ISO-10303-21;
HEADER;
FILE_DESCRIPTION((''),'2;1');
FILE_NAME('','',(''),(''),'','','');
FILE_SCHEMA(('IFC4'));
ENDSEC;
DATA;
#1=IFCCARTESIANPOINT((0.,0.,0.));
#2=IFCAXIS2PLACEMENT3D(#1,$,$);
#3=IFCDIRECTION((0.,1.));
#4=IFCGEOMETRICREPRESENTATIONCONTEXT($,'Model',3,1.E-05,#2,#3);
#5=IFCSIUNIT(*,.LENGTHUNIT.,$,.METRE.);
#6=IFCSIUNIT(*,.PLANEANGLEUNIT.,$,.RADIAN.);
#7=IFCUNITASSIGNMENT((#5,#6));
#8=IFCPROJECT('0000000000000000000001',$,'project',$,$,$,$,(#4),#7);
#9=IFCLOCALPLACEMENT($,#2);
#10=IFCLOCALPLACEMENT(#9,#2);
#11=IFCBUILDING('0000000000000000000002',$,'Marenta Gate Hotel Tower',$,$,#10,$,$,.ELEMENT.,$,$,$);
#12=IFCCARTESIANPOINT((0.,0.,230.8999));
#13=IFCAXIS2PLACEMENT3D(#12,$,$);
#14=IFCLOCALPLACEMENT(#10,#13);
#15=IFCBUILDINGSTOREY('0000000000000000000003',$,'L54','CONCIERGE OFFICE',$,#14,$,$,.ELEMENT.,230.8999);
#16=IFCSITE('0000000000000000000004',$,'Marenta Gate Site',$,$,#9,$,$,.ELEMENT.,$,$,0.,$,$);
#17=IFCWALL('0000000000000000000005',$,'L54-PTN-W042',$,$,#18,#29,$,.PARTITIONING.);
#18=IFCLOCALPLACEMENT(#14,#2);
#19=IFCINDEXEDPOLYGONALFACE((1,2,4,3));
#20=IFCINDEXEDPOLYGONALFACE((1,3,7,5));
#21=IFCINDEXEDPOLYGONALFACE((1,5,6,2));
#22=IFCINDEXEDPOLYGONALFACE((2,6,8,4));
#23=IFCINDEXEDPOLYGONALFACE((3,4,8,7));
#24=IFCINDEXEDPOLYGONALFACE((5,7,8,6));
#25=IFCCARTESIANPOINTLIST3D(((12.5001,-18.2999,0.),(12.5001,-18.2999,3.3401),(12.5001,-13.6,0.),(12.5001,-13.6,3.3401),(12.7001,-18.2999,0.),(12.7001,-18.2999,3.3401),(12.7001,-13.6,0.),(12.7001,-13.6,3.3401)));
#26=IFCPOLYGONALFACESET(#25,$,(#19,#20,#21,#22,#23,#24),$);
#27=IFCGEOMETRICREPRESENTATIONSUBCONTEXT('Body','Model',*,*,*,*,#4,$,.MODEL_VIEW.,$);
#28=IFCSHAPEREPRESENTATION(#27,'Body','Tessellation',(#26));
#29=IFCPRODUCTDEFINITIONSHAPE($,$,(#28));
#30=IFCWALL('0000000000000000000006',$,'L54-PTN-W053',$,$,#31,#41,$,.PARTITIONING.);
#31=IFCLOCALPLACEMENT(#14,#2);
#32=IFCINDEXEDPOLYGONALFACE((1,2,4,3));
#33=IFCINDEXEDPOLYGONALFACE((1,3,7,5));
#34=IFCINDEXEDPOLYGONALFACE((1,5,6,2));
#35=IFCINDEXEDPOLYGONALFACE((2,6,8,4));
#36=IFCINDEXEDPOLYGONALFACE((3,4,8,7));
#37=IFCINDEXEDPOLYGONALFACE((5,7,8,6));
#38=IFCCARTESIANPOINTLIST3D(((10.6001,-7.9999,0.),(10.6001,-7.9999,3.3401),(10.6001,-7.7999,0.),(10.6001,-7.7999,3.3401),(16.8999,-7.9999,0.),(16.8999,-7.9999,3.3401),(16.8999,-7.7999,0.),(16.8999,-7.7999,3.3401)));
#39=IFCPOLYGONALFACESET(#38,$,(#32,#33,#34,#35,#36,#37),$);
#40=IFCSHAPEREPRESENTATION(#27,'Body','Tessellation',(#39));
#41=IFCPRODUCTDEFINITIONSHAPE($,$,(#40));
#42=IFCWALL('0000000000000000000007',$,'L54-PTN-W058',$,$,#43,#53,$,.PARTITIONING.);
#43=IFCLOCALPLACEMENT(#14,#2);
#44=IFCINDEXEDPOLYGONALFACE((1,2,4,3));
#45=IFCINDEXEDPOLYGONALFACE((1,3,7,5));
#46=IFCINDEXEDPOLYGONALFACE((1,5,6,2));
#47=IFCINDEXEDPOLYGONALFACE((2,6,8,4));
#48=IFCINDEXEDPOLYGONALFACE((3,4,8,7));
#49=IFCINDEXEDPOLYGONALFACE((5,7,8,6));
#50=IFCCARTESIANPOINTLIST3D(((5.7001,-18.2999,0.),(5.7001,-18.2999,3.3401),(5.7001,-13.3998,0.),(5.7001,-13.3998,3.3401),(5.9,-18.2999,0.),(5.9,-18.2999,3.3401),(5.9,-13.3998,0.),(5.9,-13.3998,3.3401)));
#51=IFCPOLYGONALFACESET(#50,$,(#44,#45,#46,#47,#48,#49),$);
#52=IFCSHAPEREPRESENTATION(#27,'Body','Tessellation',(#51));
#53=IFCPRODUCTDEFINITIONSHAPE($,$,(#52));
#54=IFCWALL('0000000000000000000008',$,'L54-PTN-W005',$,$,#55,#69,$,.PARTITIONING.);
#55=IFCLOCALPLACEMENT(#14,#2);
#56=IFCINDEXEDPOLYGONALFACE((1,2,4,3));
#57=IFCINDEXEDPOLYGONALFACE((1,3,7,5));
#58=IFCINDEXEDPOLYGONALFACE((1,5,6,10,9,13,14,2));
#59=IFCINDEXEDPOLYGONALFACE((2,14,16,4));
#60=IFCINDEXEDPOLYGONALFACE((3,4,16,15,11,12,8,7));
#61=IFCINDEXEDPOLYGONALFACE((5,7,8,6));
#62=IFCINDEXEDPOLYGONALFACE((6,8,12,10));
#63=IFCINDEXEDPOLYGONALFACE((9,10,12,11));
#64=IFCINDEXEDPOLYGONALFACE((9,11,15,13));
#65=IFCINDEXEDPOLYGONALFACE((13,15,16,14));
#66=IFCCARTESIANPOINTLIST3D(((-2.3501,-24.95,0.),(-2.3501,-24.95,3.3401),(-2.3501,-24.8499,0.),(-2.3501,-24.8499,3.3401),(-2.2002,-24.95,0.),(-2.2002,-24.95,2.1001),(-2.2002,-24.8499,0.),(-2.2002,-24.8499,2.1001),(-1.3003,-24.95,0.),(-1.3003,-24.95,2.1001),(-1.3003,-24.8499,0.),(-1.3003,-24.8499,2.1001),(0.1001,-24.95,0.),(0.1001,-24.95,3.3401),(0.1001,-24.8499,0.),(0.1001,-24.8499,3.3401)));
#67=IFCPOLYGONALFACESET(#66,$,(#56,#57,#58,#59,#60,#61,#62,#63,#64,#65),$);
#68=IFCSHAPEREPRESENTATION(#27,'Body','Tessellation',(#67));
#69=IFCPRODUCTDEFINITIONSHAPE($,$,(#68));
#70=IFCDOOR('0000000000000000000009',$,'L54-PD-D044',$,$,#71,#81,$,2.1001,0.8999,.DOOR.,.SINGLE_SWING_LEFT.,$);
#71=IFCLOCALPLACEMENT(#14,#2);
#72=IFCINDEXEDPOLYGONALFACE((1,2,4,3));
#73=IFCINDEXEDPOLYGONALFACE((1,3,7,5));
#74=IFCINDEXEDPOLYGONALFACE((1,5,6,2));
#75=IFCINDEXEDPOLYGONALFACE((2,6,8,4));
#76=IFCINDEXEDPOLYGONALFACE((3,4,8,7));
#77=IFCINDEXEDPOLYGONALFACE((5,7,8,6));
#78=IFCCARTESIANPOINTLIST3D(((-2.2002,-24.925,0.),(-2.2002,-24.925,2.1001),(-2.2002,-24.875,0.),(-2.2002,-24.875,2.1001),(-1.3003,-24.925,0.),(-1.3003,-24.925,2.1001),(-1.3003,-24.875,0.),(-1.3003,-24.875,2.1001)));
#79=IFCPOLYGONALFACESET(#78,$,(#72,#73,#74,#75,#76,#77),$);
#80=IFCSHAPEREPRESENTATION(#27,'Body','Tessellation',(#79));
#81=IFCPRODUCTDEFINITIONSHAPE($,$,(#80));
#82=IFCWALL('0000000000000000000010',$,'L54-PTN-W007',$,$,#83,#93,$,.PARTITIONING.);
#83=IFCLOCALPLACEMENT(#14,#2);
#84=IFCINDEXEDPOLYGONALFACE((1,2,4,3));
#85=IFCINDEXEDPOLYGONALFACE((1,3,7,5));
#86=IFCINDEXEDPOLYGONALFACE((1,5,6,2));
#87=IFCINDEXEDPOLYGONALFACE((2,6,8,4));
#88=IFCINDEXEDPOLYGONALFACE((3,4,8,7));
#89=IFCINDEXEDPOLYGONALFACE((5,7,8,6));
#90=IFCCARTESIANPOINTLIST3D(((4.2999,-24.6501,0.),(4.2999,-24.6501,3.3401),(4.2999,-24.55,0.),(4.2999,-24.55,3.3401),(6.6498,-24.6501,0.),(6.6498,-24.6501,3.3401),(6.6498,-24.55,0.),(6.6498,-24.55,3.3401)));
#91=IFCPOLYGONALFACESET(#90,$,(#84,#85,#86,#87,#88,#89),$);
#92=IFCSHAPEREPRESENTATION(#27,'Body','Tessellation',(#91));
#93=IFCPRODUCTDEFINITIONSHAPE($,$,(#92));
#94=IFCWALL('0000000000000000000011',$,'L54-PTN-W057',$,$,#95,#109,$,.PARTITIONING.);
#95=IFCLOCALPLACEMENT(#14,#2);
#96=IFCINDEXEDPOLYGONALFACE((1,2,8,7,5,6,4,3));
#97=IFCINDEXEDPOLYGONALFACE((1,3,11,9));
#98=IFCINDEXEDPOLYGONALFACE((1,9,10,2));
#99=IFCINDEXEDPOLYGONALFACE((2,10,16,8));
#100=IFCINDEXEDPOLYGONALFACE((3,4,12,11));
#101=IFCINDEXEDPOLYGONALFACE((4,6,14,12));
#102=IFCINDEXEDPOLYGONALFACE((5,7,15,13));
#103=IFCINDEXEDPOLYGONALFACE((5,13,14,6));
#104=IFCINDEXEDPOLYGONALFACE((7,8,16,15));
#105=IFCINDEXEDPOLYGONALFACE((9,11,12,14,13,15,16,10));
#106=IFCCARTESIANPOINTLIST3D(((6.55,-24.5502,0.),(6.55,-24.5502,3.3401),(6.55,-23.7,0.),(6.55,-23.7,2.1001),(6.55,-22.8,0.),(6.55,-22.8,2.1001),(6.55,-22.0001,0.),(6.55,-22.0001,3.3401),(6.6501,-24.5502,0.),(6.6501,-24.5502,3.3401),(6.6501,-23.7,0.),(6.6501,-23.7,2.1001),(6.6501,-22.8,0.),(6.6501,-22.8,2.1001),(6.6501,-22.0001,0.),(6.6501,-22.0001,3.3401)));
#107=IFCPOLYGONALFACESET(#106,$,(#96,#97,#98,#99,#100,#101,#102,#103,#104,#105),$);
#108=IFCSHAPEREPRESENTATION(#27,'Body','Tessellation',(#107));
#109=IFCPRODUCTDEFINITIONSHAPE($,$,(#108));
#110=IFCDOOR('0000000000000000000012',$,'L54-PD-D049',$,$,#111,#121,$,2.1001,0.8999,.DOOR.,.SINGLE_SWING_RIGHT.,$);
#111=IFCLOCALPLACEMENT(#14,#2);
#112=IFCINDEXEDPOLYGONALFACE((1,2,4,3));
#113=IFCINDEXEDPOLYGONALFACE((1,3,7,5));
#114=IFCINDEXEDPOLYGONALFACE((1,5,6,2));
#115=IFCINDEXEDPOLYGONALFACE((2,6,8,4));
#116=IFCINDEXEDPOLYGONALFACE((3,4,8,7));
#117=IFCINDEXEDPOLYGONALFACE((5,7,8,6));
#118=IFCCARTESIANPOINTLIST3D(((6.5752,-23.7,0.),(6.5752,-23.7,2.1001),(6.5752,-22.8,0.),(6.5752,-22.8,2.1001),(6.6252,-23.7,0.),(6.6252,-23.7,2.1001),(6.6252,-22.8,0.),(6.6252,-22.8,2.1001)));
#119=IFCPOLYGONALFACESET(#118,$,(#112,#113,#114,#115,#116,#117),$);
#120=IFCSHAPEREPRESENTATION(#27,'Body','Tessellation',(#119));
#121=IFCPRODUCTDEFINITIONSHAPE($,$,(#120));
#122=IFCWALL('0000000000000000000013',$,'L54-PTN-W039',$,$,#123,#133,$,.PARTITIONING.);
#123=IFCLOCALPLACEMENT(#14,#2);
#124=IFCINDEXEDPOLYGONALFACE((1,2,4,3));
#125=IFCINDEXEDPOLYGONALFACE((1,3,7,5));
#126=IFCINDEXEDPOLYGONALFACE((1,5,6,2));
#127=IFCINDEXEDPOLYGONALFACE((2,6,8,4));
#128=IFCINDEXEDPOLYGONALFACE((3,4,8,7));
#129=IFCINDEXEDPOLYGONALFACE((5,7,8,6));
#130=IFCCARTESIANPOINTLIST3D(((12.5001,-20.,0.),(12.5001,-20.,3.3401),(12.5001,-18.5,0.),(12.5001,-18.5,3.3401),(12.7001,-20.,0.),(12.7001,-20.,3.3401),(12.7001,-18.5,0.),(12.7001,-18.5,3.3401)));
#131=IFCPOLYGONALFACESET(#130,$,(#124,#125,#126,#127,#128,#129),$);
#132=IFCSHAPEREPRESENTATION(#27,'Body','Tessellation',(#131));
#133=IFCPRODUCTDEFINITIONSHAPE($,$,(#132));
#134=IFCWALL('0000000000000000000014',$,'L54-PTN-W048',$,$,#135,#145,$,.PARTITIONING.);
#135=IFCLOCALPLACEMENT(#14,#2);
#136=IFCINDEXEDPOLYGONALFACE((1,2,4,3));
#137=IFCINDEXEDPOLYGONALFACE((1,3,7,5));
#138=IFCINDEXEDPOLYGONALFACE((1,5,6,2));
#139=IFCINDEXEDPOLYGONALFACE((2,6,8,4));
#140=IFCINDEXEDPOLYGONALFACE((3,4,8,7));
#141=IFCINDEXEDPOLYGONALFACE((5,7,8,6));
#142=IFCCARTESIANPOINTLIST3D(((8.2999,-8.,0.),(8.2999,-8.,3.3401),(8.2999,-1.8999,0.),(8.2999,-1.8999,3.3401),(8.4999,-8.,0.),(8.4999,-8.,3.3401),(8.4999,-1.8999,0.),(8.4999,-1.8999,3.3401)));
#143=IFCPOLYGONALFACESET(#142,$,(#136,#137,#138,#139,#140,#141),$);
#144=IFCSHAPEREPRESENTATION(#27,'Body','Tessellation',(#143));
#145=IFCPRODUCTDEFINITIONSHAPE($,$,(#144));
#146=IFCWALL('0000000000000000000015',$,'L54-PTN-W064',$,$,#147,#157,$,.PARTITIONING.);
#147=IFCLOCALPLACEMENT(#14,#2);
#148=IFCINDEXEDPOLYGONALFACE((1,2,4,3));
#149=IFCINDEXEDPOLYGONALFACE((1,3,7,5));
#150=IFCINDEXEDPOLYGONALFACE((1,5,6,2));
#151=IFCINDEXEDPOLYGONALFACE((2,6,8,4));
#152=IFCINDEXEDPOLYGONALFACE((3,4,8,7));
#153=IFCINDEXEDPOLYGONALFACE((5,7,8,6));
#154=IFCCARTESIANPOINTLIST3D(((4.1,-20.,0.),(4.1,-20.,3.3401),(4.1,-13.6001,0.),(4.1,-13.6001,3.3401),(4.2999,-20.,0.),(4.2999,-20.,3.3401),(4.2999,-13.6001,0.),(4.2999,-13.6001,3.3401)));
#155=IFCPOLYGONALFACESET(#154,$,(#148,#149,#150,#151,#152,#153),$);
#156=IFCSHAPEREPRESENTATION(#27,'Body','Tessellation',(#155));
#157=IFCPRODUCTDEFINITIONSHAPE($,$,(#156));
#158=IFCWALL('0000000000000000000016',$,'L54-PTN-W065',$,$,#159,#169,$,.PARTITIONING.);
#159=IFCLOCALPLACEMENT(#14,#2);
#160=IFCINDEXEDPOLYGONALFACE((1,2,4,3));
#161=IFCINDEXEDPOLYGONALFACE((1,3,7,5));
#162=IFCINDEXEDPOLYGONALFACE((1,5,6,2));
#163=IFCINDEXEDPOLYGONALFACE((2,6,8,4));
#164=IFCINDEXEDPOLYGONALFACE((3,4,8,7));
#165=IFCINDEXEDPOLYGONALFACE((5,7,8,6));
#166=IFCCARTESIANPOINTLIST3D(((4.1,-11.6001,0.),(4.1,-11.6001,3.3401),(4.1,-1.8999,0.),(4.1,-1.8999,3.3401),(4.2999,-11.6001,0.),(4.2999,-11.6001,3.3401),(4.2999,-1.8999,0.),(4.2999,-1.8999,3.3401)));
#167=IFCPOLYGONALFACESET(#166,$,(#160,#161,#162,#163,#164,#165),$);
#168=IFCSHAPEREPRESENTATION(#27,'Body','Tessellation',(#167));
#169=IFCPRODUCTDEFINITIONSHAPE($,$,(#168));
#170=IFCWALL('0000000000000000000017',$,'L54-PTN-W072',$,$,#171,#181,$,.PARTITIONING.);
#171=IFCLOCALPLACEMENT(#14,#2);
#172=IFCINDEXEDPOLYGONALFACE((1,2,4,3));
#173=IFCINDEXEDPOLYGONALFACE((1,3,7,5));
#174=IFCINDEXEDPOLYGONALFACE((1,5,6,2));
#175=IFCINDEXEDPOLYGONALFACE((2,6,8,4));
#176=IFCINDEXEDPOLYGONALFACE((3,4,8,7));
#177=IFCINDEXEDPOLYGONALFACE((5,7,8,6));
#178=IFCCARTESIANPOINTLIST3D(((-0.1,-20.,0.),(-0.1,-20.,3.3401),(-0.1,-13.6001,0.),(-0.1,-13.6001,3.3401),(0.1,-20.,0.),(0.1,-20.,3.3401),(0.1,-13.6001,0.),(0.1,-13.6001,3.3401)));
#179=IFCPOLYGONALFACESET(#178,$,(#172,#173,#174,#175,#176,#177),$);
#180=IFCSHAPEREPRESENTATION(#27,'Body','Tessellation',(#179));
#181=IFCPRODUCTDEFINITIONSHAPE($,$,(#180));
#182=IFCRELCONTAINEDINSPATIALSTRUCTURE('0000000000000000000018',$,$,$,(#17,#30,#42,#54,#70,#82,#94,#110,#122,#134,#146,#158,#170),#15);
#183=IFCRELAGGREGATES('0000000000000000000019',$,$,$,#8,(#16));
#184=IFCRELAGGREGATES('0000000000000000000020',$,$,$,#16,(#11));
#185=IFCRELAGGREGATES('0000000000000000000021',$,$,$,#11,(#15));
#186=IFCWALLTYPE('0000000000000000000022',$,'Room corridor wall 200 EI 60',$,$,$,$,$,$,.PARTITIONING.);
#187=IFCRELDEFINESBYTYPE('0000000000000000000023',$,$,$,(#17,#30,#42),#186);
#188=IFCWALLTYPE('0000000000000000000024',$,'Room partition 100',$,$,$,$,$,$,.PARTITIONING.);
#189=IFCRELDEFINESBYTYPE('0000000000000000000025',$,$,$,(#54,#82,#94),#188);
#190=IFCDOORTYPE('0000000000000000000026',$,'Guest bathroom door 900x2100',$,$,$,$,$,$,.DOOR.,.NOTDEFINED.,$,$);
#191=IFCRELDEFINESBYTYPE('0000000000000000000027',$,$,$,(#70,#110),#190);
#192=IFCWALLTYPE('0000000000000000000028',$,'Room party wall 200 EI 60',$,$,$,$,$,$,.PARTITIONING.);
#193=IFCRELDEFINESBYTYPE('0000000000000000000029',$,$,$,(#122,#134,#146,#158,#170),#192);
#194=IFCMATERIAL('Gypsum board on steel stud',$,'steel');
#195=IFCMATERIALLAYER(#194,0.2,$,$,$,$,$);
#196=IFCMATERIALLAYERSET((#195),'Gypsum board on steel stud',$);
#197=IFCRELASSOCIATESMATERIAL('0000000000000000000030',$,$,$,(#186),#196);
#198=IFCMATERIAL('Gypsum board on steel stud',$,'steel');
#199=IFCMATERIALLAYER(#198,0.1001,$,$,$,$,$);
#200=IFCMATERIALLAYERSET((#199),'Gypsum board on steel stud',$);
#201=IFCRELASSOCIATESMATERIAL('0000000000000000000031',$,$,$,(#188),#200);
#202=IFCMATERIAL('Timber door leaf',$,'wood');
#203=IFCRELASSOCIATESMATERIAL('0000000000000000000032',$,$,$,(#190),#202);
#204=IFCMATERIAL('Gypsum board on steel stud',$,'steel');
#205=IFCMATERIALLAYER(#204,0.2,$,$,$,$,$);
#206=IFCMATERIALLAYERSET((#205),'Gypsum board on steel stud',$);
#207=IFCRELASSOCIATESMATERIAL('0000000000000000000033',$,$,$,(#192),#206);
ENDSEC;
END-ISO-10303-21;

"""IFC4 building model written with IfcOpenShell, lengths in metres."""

from ifc_helpers import new_model, si_unit, direction, frame, frame_2d, origin, place, context, subcontext, project, spatial, rectangle, extrude, material, layer, layer_set, type_object, element, fill, save


model = new_model("IFC4")

# Units and contexts
model_context = context("Model", 3, precision=1e-05, world=origin(), true_north=direction((0.0, 1.0)))
body_context = subcontext(model_context, "Body", "Model", "MODEL_VIEW")
ifc_project = project(units=[si_unit("LENGTHUNIT", "METRE"), si_unit("PLANEANGLEUNIT", "RADIAN")], contexts=[model_context])

# Site, building, storey
site_placement = place(None, origin())
site = spatial("IfcSite", under=ifc_project, at=site_placement, Name="Marenta Gate Site", CompositionType="ELEMENT", RefElevation=0.0)
building_placement = place(site_placement, origin())
building = spatial("IfcBuilding", under=site, at=building_placement, Name="Marenta Gate Hotel Tower", CompositionType="ELEMENT")
storey_placement = place(building_placement, frame((0.0, 0.0, 230.8999)))
storey = spatial("IfcBuildingStorey", under=building, at=storey_placement, Name="L54", Description="CONCIERGE OFFICE", CompositionType="ELEMENT", Elevation=230.8999)

# Shared definitions
ifc_material_1 = material(Name="Gypsum board on steel stud", Category="steel")
ifc_layer_1 = layer(ifc_material_1, 0.2)
ifc_layer_set_1 = layer_set([ifc_layer_1], Name="Gypsum board on steel stud")
wall_type_1 = type_object("IfcWallType", Name="Room corridor wall 200 EI 60", PredefinedType="PARTITIONING", material=ifc_layer_set_1)

# Walls
wall_1_placement = place(storey_placement, frame((12.6001, -18.3, 0.0), z_axis=(0.0, 0.0, 1.0), x_axis=(0.0, 1.0, 0.0)))
element("IfcWall", 1, at=wall_1_placement, inside=storey, type_object=wall_type_1, Name="L54-PTN-W042", PredefinedType="PARTITIONING", context=body_context, shape_type="SweptSolid", body=[
    extrude(rectangle(XDim=4.7, YDim=0.2, at=frame_2d((2.3501, 0.0))), origin(), (0.0, 0.0, 1.0), 3.3401),
])
wall_2_placement = place(storey_placement, frame((10.6001, -7.8999, 0.0), z_axis=(0.0, 0.0, 1.0), x_axis=(1.0, 0.0, 0.0)))
element("IfcWall", 2, at=wall_2_placement, inside=storey, type_object=wall_type_1, Name="L54-PTN-W053", PredefinedType="PARTITIONING", context=body_context, shape_type="SweptSolid", body=[
    extrude(rectangle(XDim=6.2998, YDim=0.2, at=frame_2d((3.1499, 0.0))), origin(), (0.0, 0.0, 1.0), 3.3401),
])
wall_3_placement = place(storey_placement, frame((5.8, -18.3, 0.0), z_axis=(0.0, 0.0, 1.0), x_axis=(0.0, 1.0, 0.0)))
element("IfcWall", 3, at=wall_3_placement, inside=storey, type_object=wall_type_1, Name="L54-PTN-W058", PredefinedType="PARTITIONING", context=body_context, shape_type="SweptSolid", body=[
    extrude(rectangle(XDim=4.9001, YDim=0.2, at=frame_2d((2.4502, 0.0))), origin(), (0.0, 0.0, 1.0), 3.3401),
])

# Wall, opening, door
ifc_material_2 = material(Name="Gypsum board on steel stud", Category="steel")
ifc_layer_2 = layer(ifc_material_2, 0.1001)
ifc_layer_set_2 = layer_set([ifc_layer_2], Name="Gypsum board on steel stud")
wall_type_2 = type_object("IfcWallType", Name="Room partition 100", PredefinedType="PARTITIONING", material=ifc_layer_set_2)
wall_4_placement = place(storey_placement, frame((-2.3501, -24.8999, 0.0), z_axis=(0.0, 0.0, 1.0), x_axis=(1.0, 0.0, 0.0)))
wall_4 = element("IfcWall", 4, at=wall_4_placement, inside=storey, type_object=wall_type_2, Name="L54-PTN-W005", PredefinedType="PARTITIONING", context=body_context, shape_type="SweptSolid", body=[
    extrude(rectangle(XDim=2.4502, YDim=0.1001, at=frame_2d((1.2251, 0.0))), origin(), (0.0, 0.0, 1.0), 3.3401),
])
opening_1_placement = place(wall_4_placement, frame((0.1499, 0.0, 0.0)))
opening_1 = element("IfcOpeningElement", 5, at=opening_1_placement, cuts=wall_4, PredefinedType="OPENING", context=body_context, shape_type="SweptSolid", body=[
    extrude(rectangle(XDim=0.8999, YDim=2.1001, at=frame_2d((0.45, 1.05))), frame((0.0, 0.05, 0.0), z_axis=(0.0, -1.0, 0.0), x_axis=(1.0, 0.0, 0.0)), (0.0, 0.0, 1.0), 0.1001),
])
ifc_material_3 = material(Name="Timber door leaf", Category="wood")
door_type_1 = type_object("IfcDoorType", Name="Guest bathroom door 900x2100", OperationType="NOTDEFINED", PredefinedType="DOOR", material=ifc_material_3)
door_1_placement = place(opening_1_placement, origin())
door_1 = element("IfcDoor", 6, at=door_1_placement, inside=storey, type_object=door_type_1, Name="L54-PD-D044", OperationType="SINGLE_SWING_LEFT", OverallHeight=2.1001, OverallWidth=0.8999, PredefinedType="DOOR", context=body_context, shape_type="SweptSolid", body=[
    extrude(rectangle(XDim=0.8999, YDim=2.1001, at=frame_2d((0.45, 1.05))), frame((0.0, 0.0249, 0.0), z_axis=(0.0, -1.0, 0.0), x_axis=(1.0, 0.0, 0.0)), (0.0, 0.0, 1.0), 0.05),
])
fill(opening_1, door_1)

# Wall
wall_5_placement = place(storey_placement, frame((4.3, -24.6001, 0.0), z_axis=(0.0, 0.0, 1.0), x_axis=(1.0, 0.0, 0.0)))
element("IfcWall", 7, at=wall_5_placement, inside=storey, type_object=wall_type_2, Name="L54-PTN-W007", PredefinedType="PARTITIONING", context=body_context, shape_type="SweptSolid", body=[
    extrude(rectangle(XDim=2.3499, YDim=0.1001, at=frame_2d((1.1748, 0.0))), origin(), (0.0, 0.0, 1.0), 3.3401),
])

# Wall, opening, door
wall_6_placement = place(storey_placement, frame((6.6001, -24.55, 0.0), z_axis=(0.0, 0.0, 1.0), x_axis=(0.0, 1.0, 0.0)))
wall_6 = element("IfcWall", 8, at=wall_6_placement, inside=storey, type_object=wall_type_2, Name="L54-PTN-W057", PredefinedType="PARTITIONING", context=body_context, shape_type="SweptSolid", body=[
    extrude(rectangle(XDim=2.55, YDim=0.1001, at=frame_2d((1.2749, 0.0))), origin(), (0.0, 0.0, 1.0), 3.3401),
])
opening_2_placement = place(wall_6_placement, frame((0.8501, 0.0, 0.0)))
opening_2 = element("IfcOpeningElement", 9, at=opening_2_placement, cuts=wall_6, PredefinedType="OPENING", context=body_context, shape_type="SweptSolid", body=[
    extrude(rectangle(XDim=0.8999, YDim=2.1001, at=frame_2d((0.45, 1.05))), frame((0.0, 0.05, 0.0), z_axis=(0.0, -1.0, 0.0), x_axis=(1.0, 0.0, 0.0)), (0.0, 0.0, 1.0), 0.1001),
])
door_2_placement = place(opening_2_placement, origin())
door_2 = element("IfcDoor", 10, at=door_2_placement, inside=storey, type_object=door_type_1, Name="L54-PD-D049", OperationType="SINGLE_SWING_RIGHT", OverallHeight=2.1001, OverallWidth=0.8999, PredefinedType="DOOR", context=body_context, shape_type="SweptSolid", body=[
    extrude(rectangle(XDim=0.8999, YDim=2.1001, at=frame_2d((0.45, 1.05))), frame((0.0, 0.0249, 0.0), z_axis=(0.0, -1.0, 0.0), x_axis=(1.0, 0.0, 0.0)), (0.0, 0.0, 1.0), 0.05),
])
fill(opening_2, door_2)

# Walls
ifc_material_4 = material(Name="Gypsum board on steel stud", Category="steel")
ifc_layer_3 = layer(ifc_material_4, 0.2)
ifc_layer_set_3 = layer_set([ifc_layer_3], Name="Gypsum board on steel stud")
wall_type_3 = type_object("IfcWallType", Name="Room party wall 200 EI 60", PredefinedType="PARTITIONING", material=ifc_layer_set_3)
wall_7_placement = place(storey_placement, frame((12.6001, -20.0, 0.0), z_axis=(0.0, 0.0, 1.0), x_axis=(0.0, 1.0, 0.0)))
element("IfcWall", 11, at=wall_7_placement, inside=storey, type_object=wall_type_3, Name="L54-PTN-W039", PredefinedType="PARTITIONING", context=body_context, shape_type="SweptSolid", body=[
    extrude(rectangle(XDim=1.5, YDim=0.2, at=frame_2d((0.75, 0.0))), origin(), (0.0, 0.0, 1.0), 3.3401),
])
wall_8_placement = place(storey_placement, frame((8.3999, -8.0, 0.0), z_axis=(0.0, 0.0, 1.0), x_axis=(0.0, 1.0, 0.0)))
element("IfcWall", 12, at=wall_8_placement, inside=storey, type_object=wall_type_3, Name="L54-PTN-W048", PredefinedType="PARTITIONING", context=body_context, shape_type="SweptSolid", body=[
    extrude(rectangle(XDim=6.1001, YDim=0.2, at=frame_2d((3.05, 0.0))), origin(), (0.0, 0.0, 1.0), 3.3401),
])
wall_9_placement = place(storey_placement, frame((4.2, -20.0, 0.0), z_axis=(0.0, 0.0, 1.0), x_axis=(0.0, 1.0, 0.0)))
element("IfcWall", 13, at=wall_9_placement, inside=storey, type_object=wall_type_3, Name="L54-PTN-W064", PredefinedType="PARTITIONING", context=body_context, shape_type="SweptSolid", body=[
    extrude(rectangle(XDim=6.3999, YDim=0.2, at=frame_2d((3.2, 0.0))), origin(), (0.0, 0.0, 1.0), 3.3401),
])
wall_10_placement = place(storey_placement, frame((4.2, -11.6001, 0.0), z_axis=(0.0, 0.0, 1.0), x_axis=(0.0, 1.0, 0.0)))
element("IfcWall", 14, at=wall_10_placement, inside=storey, type_object=wall_type_3, Name="L54-PTN-W065", PredefinedType="PARTITIONING", context=body_context, shape_type="SweptSolid", body=[
    extrude(rectangle(XDim=9.7002, YDim=0.2, at=frame_2d((4.8501, 0.0))), origin(), (0.0, 0.0, 1.0), 3.3401),
])
wall_11_placement = place(storey_placement, frame((0.0, -20.0, 0.0), z_axis=(0.0, 0.0, 1.0), x_axis=(0.0, 1.0, 0.0)))
element("IfcWall", 15, at=wall_11_placement, inside=storey, type_object=wall_type_3, Name="L54-PTN-W072", PredefinedType="PARTITIONING", context=body_context, shape_type="SweptSolid", body=[
    extrude(rectangle(XDim=6.3999, YDim=0.2, at=frame_2d((3.2, 0.0))), origin(), (0.0, 0.0, 1.0), 3.3401),
])

save(model, "model.ifc")
